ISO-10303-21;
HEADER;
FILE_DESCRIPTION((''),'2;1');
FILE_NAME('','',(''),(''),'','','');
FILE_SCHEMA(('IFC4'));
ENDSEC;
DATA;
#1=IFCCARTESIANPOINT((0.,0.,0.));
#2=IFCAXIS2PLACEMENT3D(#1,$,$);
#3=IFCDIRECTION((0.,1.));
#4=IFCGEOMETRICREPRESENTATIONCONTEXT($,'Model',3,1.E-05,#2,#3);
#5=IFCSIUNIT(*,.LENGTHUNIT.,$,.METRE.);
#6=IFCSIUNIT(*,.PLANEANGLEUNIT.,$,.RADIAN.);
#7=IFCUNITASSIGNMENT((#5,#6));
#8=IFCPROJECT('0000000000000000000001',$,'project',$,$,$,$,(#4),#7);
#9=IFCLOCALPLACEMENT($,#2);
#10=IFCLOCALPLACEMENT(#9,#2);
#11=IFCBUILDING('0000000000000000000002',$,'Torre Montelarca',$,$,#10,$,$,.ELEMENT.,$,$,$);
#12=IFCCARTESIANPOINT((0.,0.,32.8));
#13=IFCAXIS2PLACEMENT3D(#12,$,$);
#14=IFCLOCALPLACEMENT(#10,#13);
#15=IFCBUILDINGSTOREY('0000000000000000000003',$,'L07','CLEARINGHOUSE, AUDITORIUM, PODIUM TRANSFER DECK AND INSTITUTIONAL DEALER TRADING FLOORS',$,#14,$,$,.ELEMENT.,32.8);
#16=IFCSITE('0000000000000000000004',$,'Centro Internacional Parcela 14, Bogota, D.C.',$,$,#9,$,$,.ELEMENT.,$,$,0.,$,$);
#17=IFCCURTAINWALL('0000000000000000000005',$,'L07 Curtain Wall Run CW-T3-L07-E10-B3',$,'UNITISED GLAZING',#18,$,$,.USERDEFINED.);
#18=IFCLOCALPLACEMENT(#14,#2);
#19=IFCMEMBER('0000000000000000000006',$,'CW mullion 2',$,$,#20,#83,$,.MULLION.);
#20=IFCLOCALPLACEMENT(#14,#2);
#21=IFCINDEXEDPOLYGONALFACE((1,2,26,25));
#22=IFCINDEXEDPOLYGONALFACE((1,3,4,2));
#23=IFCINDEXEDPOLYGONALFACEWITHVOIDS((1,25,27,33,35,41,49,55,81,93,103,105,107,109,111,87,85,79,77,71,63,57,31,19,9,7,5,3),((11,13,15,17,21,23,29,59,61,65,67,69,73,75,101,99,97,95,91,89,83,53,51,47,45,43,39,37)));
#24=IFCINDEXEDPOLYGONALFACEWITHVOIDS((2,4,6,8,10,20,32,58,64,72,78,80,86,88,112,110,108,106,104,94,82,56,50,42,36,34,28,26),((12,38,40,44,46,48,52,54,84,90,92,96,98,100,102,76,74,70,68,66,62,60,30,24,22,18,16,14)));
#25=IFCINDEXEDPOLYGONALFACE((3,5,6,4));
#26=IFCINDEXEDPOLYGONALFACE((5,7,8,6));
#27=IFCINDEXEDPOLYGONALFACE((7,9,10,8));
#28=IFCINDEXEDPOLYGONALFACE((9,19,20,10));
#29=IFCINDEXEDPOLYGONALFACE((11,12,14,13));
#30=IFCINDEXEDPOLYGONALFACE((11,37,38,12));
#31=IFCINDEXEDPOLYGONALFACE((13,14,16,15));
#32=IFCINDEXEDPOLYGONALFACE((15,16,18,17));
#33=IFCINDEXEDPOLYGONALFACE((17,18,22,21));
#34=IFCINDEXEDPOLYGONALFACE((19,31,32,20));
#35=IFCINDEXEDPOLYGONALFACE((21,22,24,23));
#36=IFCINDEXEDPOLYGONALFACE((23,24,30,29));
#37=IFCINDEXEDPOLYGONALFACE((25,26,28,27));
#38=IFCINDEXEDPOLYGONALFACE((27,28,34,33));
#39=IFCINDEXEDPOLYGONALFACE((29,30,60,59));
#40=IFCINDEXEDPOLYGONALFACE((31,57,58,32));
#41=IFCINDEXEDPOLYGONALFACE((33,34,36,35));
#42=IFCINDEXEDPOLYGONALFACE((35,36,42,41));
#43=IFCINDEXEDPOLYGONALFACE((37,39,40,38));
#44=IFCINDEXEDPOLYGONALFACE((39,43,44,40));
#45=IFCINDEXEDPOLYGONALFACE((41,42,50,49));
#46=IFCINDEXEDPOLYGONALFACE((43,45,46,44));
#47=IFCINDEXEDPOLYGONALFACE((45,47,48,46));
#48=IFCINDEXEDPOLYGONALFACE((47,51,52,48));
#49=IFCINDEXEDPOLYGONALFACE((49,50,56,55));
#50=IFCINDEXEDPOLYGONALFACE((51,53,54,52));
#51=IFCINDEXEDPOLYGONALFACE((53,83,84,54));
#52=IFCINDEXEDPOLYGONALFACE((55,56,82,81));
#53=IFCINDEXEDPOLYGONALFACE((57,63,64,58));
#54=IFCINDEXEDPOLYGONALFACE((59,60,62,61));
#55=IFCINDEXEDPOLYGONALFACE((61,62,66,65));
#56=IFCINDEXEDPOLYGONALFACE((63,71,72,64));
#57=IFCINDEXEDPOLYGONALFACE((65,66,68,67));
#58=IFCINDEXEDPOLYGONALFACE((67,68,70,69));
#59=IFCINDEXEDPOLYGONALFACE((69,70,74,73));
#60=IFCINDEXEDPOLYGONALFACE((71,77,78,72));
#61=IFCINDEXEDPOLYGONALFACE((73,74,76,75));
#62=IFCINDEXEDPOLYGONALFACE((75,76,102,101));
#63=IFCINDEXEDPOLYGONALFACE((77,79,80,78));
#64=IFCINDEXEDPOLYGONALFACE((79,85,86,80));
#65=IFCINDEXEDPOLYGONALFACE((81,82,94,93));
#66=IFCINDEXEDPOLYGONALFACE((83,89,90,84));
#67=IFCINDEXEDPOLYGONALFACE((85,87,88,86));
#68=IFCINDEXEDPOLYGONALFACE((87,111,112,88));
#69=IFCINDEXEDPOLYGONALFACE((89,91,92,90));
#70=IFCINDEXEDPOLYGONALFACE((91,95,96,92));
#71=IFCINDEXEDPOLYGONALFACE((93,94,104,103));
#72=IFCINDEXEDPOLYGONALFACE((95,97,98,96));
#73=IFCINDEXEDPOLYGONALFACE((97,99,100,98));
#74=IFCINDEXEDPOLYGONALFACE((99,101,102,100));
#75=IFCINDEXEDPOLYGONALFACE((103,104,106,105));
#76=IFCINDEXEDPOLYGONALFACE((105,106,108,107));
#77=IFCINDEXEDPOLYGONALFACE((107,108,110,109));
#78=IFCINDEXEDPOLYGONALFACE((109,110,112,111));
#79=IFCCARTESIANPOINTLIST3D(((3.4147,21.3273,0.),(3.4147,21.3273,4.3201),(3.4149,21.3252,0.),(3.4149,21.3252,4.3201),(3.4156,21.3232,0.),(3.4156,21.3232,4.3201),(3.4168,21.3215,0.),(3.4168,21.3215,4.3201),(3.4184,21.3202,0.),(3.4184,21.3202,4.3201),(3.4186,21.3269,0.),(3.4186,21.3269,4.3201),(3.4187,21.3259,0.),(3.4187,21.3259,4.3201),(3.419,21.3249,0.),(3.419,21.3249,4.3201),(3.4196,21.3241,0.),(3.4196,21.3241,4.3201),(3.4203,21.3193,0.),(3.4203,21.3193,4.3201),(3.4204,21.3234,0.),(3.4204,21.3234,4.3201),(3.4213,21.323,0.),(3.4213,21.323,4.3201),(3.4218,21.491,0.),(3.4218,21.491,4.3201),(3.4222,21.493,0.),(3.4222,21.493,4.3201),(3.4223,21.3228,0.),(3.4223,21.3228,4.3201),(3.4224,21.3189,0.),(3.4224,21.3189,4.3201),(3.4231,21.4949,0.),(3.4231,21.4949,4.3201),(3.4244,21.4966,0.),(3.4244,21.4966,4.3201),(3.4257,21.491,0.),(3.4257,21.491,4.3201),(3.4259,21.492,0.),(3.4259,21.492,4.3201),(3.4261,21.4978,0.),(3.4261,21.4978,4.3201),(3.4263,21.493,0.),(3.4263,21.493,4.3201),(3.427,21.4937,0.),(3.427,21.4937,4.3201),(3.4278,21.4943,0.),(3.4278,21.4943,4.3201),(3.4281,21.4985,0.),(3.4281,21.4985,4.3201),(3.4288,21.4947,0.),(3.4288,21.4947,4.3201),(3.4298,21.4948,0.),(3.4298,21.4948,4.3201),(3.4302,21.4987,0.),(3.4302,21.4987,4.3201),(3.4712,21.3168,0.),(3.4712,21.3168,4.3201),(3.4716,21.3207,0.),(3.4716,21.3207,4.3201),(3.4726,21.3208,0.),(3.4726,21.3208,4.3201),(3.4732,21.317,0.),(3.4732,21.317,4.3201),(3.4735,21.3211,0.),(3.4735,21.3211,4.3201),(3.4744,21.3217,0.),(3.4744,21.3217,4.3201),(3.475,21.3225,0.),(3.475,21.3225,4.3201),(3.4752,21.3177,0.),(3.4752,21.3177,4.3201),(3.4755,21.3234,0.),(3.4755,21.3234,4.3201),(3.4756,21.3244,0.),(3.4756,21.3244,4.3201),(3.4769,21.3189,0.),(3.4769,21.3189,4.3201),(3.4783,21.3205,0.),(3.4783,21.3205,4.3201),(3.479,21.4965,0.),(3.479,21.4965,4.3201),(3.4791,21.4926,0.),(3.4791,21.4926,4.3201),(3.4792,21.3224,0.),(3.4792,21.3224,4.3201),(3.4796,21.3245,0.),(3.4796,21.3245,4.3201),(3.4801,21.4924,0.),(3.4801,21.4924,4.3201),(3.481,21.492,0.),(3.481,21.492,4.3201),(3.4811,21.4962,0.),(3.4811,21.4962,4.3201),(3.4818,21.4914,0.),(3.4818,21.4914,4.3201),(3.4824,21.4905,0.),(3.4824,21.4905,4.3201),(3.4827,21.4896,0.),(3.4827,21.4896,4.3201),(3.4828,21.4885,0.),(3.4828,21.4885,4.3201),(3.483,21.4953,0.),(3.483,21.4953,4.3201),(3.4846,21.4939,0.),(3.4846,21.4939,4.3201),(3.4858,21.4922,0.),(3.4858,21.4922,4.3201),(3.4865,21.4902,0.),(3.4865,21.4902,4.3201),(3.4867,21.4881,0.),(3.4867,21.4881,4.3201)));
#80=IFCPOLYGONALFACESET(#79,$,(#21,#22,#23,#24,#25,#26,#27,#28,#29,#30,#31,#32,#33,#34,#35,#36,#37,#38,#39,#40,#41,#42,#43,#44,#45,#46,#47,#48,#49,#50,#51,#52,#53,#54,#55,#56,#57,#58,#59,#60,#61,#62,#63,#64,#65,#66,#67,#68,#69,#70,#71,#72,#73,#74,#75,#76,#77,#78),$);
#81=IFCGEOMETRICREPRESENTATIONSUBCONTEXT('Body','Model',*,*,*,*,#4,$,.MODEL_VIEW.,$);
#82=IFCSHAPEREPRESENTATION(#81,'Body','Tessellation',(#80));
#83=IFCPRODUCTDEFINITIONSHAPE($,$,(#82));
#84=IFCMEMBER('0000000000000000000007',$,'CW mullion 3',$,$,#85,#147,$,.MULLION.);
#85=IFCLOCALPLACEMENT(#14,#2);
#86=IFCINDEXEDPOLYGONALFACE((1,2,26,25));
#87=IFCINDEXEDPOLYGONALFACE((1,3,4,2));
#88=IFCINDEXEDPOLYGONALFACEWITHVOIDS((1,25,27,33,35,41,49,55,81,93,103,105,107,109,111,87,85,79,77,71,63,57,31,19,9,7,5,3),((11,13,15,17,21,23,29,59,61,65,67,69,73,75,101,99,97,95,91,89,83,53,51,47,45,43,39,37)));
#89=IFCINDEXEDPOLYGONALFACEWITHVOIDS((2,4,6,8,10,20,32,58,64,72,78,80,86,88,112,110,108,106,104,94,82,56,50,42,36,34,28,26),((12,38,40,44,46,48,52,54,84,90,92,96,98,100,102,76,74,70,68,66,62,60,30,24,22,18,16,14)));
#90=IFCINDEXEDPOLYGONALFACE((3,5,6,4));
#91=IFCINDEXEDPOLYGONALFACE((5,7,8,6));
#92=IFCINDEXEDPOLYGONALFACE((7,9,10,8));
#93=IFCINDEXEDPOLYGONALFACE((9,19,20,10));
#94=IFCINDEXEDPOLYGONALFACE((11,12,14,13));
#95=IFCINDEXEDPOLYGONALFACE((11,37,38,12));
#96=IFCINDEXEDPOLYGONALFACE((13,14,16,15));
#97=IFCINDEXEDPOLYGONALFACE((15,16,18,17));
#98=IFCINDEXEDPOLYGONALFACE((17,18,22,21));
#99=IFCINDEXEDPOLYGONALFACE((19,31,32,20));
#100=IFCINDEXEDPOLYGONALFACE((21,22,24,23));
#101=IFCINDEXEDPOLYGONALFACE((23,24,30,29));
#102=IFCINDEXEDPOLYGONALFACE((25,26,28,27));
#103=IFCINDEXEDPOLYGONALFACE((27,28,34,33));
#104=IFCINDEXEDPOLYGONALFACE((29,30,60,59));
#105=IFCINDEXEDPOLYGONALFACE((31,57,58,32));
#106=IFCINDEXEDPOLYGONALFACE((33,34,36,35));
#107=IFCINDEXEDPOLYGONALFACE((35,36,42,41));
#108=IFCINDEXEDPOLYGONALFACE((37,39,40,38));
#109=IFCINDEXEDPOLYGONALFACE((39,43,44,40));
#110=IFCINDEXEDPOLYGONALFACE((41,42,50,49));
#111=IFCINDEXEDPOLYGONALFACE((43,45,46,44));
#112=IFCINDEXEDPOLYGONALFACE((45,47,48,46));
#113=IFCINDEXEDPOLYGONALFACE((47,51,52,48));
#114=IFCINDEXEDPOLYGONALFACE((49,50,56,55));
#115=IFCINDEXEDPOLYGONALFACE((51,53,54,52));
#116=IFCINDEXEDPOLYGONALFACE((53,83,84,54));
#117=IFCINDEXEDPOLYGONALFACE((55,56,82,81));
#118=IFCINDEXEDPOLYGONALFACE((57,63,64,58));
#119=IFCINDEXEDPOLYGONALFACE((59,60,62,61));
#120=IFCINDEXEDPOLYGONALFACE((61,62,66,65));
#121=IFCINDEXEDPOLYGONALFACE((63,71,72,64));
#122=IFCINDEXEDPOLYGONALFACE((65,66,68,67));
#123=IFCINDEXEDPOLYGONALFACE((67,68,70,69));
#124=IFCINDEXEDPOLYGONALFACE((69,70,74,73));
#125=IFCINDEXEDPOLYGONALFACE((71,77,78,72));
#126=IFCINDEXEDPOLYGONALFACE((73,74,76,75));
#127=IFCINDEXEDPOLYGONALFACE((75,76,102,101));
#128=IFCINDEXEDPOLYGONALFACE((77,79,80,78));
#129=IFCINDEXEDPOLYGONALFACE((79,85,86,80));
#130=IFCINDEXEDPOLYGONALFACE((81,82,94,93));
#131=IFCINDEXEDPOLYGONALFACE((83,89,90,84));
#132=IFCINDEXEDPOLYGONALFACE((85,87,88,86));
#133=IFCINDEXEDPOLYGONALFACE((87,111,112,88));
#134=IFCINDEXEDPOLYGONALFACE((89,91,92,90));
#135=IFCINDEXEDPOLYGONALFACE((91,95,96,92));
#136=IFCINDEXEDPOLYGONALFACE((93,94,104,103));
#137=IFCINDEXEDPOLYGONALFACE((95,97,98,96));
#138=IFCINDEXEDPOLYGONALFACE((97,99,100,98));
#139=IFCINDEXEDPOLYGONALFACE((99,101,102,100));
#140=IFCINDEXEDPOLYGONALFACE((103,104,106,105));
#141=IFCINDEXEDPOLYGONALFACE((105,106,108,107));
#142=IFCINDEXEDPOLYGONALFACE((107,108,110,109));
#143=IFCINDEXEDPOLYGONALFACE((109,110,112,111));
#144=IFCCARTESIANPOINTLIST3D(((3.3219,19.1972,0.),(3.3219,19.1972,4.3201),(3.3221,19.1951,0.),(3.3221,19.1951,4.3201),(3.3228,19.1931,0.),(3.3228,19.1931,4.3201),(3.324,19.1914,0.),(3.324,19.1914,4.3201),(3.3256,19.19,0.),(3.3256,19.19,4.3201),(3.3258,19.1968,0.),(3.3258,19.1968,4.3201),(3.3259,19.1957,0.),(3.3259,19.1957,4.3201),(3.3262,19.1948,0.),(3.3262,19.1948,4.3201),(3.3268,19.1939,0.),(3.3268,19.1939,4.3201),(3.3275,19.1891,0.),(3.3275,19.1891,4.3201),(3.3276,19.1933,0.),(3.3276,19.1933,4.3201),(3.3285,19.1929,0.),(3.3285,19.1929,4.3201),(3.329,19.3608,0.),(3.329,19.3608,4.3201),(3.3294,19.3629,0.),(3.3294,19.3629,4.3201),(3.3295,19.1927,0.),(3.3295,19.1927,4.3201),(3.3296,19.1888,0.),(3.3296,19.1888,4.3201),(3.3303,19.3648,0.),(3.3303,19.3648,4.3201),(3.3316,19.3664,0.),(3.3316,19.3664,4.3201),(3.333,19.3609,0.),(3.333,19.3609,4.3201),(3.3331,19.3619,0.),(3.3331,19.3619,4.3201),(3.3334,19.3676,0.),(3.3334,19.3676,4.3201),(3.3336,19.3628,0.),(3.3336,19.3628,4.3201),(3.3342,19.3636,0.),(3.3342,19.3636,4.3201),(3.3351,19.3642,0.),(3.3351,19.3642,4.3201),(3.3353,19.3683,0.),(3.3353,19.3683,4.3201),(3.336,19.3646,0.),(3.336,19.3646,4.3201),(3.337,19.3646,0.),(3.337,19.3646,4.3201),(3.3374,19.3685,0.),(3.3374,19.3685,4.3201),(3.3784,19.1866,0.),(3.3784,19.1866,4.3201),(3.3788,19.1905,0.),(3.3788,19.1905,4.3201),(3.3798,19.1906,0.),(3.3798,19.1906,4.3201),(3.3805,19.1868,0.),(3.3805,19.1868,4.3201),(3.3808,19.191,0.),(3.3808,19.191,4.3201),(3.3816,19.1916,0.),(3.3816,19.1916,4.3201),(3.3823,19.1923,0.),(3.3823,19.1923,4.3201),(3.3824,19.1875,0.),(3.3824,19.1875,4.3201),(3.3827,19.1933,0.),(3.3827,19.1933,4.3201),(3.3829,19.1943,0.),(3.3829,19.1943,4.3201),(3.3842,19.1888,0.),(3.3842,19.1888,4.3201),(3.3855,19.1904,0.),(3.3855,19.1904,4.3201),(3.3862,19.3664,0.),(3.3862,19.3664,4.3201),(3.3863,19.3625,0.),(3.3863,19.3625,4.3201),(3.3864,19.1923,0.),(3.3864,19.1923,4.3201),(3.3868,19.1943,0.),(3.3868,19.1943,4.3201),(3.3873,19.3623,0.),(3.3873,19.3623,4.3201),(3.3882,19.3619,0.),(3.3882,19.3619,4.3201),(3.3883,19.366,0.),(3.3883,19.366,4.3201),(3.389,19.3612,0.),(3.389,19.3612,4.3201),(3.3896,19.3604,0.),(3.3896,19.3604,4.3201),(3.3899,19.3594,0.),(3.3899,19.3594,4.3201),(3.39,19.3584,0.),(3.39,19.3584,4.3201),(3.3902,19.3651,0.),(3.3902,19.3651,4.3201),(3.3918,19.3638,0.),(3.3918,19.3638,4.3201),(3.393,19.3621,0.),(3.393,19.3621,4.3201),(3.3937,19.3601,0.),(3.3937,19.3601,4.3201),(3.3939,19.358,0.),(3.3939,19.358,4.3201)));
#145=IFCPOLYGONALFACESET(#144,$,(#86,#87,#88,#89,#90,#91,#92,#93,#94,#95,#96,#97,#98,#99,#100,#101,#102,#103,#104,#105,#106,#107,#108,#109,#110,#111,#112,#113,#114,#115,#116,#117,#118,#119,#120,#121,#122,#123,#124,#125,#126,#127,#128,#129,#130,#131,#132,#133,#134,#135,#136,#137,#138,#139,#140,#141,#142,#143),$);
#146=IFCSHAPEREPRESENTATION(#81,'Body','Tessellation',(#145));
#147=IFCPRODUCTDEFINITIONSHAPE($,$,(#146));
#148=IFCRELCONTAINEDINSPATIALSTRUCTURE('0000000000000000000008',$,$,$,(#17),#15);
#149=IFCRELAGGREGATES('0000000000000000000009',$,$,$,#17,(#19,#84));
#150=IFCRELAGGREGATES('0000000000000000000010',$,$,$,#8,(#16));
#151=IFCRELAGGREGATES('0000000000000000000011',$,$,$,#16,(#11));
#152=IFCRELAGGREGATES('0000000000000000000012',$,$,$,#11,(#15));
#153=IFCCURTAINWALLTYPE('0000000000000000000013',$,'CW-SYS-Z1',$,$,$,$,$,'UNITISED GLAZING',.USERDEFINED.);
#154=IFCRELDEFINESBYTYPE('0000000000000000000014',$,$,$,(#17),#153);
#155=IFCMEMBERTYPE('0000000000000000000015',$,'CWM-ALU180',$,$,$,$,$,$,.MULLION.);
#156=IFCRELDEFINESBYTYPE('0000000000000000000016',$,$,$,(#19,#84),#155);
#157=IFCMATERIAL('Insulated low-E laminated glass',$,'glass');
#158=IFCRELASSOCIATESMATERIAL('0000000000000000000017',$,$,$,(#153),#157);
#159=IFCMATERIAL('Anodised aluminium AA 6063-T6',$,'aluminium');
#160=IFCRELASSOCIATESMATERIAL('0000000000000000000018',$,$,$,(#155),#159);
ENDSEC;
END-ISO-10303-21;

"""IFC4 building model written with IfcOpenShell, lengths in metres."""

from ifc_helpers import new_model, si_unit, direction, frame, origin, origin_2d, place, context, subcontext, project, spatial, hollow_rectangle, extrude, source, transform, mapped, material, material_profile, profile_set, type_object, element, aggregate, save


model = new_model("IFC4")

# Units and contexts
model_context = context("Model", 3, precision=1e-05, world=origin(), true_north=direction((0.0, 1.0)))
body_context = subcontext(model_context, "Body", "Model", "MODEL_VIEW")
ifc_project = project(units=[si_unit("LENGTHUNIT", "METRE"), si_unit("PLANEANGLEUNIT", "RADIAN")], contexts=[model_context])

# Site, building, storey
site_placement = place(None, origin())
site = spatial("IfcSite", under=ifc_project, at=site_placement, Name="Centro Internacional Parcela 14, Bogota, D.C.", CompositionType="ELEMENT", RefElevation=0.0)
building_placement = place(site_placement, origin())
building = spatial("IfcBuilding", under=site, at=building_placement, Name="Torre Montelarca", CompositionType="ELEMENT")
storey_placement = place(building_placement, frame((0.0, 0.0, 32.8)))
storey = spatial("IfcBuildingStorey", under=building, at=storey_placement, Name="L07", Description="CLEARINGHOUSE, AUDITORIUM, PODIUM TRANSFER DECK AND INSTITUTIONAL DEALER TRADING FLOORS", CompositionType="ELEMENT", Elevation=32.8)

# Shared definitions
ifc_material_1 = material(Name="Insulated low-E laminated glass", Category="glass")
curtain_wall_type = type_object("IfcCurtainWallType", Name="CW-SYS-Z1", ElementType="UNITISED GLAZING", PredefinedType="USERDEFINED", material=ifc_material_1)
ifc_material_2 = material(Name="Anodised aluminium AA 6063-T6", Category="aluminium")
ifc_material_profile_1 = material_profile(ifc_material_2, hollow_rectangle(XDim=0.0649, YDim=0.1799, WallThickness=0.0039, InnerFilletRadius=0.0039, OuterFilletRadius=0.0081, at=origin_2d()), Name="ALU65X180X4", Category="aluminium")
ifc_profile_set_1 = profile_set([ifc_material_profile_1], Name="Anodised aluminium AA 6063-T6")
member_type_1 = type_object("IfcMemberType", Name="CWM-ALU180", PredefinedType="MULLION", material=ifc_profile_set_1)
shared_shape_1 = source(origin(), body_context, "Body", "SweptSolid", [
    extrude(hollow_rectangle(XDim=0.0649, YDim=0.1799, WallThickness=0.0039, InnerFilletRadius=0.0039, OuterFilletRadius=0.0081, at=origin_2d()), origin(), (0.0, 0.0, 1.0), 4.3201),
])

# Curtain wall, members
curtain_wall_1_placement = place(storey_placement, origin())
curtain_wall_1 = element("IfcCurtainWall", 1, at=curtain_wall_1_placement, inside=storey, type_object=curtain_wall_type, Name="L07 Curtain Wall Run CW-T3-L07-E10-B3", ObjectType="UNITISED GLAZING", PredefinedType="USERDEFINED")
member_1_placement = place(storey_placement, frame((3.4507, 21.4077, 0.0), z_axis=(0.0, 0.0, 1.0), x_axis=(0.999049, -0.043611, 0.0)))
member_1 = element("IfcMember", 2, at=member_1_placement, type_object=member_type_1, Name="CW mullion 2", PredefinedType="MULLION", context=body_context, shape_type="MappedRepresentation", body=[
    mapped(shared_shape_1, transform((0.0, 0.0, 0.0), scale=1.0)),
])
member_2_placement = place(storey_placement, frame((3.3579, 19.2776, 0.0), z_axis=(0.0, 0.0, 1.0), x_axis=(0.999049, -0.043611, 0.0)))
member_2 = element("IfcMember", 3, at=member_2_placement, type_object=member_type_1, Name="CW mullion 3", PredefinedType="MULLION", context=body_context, shape_type="MappedRepresentation", body=[
    mapped(shared_shape_1, transform((0.0, 0.0, 0.0), scale=1.0)),
])

aggregate(curtain_wall_1, [member_1, member_2])

save(model, "model.ifc")
